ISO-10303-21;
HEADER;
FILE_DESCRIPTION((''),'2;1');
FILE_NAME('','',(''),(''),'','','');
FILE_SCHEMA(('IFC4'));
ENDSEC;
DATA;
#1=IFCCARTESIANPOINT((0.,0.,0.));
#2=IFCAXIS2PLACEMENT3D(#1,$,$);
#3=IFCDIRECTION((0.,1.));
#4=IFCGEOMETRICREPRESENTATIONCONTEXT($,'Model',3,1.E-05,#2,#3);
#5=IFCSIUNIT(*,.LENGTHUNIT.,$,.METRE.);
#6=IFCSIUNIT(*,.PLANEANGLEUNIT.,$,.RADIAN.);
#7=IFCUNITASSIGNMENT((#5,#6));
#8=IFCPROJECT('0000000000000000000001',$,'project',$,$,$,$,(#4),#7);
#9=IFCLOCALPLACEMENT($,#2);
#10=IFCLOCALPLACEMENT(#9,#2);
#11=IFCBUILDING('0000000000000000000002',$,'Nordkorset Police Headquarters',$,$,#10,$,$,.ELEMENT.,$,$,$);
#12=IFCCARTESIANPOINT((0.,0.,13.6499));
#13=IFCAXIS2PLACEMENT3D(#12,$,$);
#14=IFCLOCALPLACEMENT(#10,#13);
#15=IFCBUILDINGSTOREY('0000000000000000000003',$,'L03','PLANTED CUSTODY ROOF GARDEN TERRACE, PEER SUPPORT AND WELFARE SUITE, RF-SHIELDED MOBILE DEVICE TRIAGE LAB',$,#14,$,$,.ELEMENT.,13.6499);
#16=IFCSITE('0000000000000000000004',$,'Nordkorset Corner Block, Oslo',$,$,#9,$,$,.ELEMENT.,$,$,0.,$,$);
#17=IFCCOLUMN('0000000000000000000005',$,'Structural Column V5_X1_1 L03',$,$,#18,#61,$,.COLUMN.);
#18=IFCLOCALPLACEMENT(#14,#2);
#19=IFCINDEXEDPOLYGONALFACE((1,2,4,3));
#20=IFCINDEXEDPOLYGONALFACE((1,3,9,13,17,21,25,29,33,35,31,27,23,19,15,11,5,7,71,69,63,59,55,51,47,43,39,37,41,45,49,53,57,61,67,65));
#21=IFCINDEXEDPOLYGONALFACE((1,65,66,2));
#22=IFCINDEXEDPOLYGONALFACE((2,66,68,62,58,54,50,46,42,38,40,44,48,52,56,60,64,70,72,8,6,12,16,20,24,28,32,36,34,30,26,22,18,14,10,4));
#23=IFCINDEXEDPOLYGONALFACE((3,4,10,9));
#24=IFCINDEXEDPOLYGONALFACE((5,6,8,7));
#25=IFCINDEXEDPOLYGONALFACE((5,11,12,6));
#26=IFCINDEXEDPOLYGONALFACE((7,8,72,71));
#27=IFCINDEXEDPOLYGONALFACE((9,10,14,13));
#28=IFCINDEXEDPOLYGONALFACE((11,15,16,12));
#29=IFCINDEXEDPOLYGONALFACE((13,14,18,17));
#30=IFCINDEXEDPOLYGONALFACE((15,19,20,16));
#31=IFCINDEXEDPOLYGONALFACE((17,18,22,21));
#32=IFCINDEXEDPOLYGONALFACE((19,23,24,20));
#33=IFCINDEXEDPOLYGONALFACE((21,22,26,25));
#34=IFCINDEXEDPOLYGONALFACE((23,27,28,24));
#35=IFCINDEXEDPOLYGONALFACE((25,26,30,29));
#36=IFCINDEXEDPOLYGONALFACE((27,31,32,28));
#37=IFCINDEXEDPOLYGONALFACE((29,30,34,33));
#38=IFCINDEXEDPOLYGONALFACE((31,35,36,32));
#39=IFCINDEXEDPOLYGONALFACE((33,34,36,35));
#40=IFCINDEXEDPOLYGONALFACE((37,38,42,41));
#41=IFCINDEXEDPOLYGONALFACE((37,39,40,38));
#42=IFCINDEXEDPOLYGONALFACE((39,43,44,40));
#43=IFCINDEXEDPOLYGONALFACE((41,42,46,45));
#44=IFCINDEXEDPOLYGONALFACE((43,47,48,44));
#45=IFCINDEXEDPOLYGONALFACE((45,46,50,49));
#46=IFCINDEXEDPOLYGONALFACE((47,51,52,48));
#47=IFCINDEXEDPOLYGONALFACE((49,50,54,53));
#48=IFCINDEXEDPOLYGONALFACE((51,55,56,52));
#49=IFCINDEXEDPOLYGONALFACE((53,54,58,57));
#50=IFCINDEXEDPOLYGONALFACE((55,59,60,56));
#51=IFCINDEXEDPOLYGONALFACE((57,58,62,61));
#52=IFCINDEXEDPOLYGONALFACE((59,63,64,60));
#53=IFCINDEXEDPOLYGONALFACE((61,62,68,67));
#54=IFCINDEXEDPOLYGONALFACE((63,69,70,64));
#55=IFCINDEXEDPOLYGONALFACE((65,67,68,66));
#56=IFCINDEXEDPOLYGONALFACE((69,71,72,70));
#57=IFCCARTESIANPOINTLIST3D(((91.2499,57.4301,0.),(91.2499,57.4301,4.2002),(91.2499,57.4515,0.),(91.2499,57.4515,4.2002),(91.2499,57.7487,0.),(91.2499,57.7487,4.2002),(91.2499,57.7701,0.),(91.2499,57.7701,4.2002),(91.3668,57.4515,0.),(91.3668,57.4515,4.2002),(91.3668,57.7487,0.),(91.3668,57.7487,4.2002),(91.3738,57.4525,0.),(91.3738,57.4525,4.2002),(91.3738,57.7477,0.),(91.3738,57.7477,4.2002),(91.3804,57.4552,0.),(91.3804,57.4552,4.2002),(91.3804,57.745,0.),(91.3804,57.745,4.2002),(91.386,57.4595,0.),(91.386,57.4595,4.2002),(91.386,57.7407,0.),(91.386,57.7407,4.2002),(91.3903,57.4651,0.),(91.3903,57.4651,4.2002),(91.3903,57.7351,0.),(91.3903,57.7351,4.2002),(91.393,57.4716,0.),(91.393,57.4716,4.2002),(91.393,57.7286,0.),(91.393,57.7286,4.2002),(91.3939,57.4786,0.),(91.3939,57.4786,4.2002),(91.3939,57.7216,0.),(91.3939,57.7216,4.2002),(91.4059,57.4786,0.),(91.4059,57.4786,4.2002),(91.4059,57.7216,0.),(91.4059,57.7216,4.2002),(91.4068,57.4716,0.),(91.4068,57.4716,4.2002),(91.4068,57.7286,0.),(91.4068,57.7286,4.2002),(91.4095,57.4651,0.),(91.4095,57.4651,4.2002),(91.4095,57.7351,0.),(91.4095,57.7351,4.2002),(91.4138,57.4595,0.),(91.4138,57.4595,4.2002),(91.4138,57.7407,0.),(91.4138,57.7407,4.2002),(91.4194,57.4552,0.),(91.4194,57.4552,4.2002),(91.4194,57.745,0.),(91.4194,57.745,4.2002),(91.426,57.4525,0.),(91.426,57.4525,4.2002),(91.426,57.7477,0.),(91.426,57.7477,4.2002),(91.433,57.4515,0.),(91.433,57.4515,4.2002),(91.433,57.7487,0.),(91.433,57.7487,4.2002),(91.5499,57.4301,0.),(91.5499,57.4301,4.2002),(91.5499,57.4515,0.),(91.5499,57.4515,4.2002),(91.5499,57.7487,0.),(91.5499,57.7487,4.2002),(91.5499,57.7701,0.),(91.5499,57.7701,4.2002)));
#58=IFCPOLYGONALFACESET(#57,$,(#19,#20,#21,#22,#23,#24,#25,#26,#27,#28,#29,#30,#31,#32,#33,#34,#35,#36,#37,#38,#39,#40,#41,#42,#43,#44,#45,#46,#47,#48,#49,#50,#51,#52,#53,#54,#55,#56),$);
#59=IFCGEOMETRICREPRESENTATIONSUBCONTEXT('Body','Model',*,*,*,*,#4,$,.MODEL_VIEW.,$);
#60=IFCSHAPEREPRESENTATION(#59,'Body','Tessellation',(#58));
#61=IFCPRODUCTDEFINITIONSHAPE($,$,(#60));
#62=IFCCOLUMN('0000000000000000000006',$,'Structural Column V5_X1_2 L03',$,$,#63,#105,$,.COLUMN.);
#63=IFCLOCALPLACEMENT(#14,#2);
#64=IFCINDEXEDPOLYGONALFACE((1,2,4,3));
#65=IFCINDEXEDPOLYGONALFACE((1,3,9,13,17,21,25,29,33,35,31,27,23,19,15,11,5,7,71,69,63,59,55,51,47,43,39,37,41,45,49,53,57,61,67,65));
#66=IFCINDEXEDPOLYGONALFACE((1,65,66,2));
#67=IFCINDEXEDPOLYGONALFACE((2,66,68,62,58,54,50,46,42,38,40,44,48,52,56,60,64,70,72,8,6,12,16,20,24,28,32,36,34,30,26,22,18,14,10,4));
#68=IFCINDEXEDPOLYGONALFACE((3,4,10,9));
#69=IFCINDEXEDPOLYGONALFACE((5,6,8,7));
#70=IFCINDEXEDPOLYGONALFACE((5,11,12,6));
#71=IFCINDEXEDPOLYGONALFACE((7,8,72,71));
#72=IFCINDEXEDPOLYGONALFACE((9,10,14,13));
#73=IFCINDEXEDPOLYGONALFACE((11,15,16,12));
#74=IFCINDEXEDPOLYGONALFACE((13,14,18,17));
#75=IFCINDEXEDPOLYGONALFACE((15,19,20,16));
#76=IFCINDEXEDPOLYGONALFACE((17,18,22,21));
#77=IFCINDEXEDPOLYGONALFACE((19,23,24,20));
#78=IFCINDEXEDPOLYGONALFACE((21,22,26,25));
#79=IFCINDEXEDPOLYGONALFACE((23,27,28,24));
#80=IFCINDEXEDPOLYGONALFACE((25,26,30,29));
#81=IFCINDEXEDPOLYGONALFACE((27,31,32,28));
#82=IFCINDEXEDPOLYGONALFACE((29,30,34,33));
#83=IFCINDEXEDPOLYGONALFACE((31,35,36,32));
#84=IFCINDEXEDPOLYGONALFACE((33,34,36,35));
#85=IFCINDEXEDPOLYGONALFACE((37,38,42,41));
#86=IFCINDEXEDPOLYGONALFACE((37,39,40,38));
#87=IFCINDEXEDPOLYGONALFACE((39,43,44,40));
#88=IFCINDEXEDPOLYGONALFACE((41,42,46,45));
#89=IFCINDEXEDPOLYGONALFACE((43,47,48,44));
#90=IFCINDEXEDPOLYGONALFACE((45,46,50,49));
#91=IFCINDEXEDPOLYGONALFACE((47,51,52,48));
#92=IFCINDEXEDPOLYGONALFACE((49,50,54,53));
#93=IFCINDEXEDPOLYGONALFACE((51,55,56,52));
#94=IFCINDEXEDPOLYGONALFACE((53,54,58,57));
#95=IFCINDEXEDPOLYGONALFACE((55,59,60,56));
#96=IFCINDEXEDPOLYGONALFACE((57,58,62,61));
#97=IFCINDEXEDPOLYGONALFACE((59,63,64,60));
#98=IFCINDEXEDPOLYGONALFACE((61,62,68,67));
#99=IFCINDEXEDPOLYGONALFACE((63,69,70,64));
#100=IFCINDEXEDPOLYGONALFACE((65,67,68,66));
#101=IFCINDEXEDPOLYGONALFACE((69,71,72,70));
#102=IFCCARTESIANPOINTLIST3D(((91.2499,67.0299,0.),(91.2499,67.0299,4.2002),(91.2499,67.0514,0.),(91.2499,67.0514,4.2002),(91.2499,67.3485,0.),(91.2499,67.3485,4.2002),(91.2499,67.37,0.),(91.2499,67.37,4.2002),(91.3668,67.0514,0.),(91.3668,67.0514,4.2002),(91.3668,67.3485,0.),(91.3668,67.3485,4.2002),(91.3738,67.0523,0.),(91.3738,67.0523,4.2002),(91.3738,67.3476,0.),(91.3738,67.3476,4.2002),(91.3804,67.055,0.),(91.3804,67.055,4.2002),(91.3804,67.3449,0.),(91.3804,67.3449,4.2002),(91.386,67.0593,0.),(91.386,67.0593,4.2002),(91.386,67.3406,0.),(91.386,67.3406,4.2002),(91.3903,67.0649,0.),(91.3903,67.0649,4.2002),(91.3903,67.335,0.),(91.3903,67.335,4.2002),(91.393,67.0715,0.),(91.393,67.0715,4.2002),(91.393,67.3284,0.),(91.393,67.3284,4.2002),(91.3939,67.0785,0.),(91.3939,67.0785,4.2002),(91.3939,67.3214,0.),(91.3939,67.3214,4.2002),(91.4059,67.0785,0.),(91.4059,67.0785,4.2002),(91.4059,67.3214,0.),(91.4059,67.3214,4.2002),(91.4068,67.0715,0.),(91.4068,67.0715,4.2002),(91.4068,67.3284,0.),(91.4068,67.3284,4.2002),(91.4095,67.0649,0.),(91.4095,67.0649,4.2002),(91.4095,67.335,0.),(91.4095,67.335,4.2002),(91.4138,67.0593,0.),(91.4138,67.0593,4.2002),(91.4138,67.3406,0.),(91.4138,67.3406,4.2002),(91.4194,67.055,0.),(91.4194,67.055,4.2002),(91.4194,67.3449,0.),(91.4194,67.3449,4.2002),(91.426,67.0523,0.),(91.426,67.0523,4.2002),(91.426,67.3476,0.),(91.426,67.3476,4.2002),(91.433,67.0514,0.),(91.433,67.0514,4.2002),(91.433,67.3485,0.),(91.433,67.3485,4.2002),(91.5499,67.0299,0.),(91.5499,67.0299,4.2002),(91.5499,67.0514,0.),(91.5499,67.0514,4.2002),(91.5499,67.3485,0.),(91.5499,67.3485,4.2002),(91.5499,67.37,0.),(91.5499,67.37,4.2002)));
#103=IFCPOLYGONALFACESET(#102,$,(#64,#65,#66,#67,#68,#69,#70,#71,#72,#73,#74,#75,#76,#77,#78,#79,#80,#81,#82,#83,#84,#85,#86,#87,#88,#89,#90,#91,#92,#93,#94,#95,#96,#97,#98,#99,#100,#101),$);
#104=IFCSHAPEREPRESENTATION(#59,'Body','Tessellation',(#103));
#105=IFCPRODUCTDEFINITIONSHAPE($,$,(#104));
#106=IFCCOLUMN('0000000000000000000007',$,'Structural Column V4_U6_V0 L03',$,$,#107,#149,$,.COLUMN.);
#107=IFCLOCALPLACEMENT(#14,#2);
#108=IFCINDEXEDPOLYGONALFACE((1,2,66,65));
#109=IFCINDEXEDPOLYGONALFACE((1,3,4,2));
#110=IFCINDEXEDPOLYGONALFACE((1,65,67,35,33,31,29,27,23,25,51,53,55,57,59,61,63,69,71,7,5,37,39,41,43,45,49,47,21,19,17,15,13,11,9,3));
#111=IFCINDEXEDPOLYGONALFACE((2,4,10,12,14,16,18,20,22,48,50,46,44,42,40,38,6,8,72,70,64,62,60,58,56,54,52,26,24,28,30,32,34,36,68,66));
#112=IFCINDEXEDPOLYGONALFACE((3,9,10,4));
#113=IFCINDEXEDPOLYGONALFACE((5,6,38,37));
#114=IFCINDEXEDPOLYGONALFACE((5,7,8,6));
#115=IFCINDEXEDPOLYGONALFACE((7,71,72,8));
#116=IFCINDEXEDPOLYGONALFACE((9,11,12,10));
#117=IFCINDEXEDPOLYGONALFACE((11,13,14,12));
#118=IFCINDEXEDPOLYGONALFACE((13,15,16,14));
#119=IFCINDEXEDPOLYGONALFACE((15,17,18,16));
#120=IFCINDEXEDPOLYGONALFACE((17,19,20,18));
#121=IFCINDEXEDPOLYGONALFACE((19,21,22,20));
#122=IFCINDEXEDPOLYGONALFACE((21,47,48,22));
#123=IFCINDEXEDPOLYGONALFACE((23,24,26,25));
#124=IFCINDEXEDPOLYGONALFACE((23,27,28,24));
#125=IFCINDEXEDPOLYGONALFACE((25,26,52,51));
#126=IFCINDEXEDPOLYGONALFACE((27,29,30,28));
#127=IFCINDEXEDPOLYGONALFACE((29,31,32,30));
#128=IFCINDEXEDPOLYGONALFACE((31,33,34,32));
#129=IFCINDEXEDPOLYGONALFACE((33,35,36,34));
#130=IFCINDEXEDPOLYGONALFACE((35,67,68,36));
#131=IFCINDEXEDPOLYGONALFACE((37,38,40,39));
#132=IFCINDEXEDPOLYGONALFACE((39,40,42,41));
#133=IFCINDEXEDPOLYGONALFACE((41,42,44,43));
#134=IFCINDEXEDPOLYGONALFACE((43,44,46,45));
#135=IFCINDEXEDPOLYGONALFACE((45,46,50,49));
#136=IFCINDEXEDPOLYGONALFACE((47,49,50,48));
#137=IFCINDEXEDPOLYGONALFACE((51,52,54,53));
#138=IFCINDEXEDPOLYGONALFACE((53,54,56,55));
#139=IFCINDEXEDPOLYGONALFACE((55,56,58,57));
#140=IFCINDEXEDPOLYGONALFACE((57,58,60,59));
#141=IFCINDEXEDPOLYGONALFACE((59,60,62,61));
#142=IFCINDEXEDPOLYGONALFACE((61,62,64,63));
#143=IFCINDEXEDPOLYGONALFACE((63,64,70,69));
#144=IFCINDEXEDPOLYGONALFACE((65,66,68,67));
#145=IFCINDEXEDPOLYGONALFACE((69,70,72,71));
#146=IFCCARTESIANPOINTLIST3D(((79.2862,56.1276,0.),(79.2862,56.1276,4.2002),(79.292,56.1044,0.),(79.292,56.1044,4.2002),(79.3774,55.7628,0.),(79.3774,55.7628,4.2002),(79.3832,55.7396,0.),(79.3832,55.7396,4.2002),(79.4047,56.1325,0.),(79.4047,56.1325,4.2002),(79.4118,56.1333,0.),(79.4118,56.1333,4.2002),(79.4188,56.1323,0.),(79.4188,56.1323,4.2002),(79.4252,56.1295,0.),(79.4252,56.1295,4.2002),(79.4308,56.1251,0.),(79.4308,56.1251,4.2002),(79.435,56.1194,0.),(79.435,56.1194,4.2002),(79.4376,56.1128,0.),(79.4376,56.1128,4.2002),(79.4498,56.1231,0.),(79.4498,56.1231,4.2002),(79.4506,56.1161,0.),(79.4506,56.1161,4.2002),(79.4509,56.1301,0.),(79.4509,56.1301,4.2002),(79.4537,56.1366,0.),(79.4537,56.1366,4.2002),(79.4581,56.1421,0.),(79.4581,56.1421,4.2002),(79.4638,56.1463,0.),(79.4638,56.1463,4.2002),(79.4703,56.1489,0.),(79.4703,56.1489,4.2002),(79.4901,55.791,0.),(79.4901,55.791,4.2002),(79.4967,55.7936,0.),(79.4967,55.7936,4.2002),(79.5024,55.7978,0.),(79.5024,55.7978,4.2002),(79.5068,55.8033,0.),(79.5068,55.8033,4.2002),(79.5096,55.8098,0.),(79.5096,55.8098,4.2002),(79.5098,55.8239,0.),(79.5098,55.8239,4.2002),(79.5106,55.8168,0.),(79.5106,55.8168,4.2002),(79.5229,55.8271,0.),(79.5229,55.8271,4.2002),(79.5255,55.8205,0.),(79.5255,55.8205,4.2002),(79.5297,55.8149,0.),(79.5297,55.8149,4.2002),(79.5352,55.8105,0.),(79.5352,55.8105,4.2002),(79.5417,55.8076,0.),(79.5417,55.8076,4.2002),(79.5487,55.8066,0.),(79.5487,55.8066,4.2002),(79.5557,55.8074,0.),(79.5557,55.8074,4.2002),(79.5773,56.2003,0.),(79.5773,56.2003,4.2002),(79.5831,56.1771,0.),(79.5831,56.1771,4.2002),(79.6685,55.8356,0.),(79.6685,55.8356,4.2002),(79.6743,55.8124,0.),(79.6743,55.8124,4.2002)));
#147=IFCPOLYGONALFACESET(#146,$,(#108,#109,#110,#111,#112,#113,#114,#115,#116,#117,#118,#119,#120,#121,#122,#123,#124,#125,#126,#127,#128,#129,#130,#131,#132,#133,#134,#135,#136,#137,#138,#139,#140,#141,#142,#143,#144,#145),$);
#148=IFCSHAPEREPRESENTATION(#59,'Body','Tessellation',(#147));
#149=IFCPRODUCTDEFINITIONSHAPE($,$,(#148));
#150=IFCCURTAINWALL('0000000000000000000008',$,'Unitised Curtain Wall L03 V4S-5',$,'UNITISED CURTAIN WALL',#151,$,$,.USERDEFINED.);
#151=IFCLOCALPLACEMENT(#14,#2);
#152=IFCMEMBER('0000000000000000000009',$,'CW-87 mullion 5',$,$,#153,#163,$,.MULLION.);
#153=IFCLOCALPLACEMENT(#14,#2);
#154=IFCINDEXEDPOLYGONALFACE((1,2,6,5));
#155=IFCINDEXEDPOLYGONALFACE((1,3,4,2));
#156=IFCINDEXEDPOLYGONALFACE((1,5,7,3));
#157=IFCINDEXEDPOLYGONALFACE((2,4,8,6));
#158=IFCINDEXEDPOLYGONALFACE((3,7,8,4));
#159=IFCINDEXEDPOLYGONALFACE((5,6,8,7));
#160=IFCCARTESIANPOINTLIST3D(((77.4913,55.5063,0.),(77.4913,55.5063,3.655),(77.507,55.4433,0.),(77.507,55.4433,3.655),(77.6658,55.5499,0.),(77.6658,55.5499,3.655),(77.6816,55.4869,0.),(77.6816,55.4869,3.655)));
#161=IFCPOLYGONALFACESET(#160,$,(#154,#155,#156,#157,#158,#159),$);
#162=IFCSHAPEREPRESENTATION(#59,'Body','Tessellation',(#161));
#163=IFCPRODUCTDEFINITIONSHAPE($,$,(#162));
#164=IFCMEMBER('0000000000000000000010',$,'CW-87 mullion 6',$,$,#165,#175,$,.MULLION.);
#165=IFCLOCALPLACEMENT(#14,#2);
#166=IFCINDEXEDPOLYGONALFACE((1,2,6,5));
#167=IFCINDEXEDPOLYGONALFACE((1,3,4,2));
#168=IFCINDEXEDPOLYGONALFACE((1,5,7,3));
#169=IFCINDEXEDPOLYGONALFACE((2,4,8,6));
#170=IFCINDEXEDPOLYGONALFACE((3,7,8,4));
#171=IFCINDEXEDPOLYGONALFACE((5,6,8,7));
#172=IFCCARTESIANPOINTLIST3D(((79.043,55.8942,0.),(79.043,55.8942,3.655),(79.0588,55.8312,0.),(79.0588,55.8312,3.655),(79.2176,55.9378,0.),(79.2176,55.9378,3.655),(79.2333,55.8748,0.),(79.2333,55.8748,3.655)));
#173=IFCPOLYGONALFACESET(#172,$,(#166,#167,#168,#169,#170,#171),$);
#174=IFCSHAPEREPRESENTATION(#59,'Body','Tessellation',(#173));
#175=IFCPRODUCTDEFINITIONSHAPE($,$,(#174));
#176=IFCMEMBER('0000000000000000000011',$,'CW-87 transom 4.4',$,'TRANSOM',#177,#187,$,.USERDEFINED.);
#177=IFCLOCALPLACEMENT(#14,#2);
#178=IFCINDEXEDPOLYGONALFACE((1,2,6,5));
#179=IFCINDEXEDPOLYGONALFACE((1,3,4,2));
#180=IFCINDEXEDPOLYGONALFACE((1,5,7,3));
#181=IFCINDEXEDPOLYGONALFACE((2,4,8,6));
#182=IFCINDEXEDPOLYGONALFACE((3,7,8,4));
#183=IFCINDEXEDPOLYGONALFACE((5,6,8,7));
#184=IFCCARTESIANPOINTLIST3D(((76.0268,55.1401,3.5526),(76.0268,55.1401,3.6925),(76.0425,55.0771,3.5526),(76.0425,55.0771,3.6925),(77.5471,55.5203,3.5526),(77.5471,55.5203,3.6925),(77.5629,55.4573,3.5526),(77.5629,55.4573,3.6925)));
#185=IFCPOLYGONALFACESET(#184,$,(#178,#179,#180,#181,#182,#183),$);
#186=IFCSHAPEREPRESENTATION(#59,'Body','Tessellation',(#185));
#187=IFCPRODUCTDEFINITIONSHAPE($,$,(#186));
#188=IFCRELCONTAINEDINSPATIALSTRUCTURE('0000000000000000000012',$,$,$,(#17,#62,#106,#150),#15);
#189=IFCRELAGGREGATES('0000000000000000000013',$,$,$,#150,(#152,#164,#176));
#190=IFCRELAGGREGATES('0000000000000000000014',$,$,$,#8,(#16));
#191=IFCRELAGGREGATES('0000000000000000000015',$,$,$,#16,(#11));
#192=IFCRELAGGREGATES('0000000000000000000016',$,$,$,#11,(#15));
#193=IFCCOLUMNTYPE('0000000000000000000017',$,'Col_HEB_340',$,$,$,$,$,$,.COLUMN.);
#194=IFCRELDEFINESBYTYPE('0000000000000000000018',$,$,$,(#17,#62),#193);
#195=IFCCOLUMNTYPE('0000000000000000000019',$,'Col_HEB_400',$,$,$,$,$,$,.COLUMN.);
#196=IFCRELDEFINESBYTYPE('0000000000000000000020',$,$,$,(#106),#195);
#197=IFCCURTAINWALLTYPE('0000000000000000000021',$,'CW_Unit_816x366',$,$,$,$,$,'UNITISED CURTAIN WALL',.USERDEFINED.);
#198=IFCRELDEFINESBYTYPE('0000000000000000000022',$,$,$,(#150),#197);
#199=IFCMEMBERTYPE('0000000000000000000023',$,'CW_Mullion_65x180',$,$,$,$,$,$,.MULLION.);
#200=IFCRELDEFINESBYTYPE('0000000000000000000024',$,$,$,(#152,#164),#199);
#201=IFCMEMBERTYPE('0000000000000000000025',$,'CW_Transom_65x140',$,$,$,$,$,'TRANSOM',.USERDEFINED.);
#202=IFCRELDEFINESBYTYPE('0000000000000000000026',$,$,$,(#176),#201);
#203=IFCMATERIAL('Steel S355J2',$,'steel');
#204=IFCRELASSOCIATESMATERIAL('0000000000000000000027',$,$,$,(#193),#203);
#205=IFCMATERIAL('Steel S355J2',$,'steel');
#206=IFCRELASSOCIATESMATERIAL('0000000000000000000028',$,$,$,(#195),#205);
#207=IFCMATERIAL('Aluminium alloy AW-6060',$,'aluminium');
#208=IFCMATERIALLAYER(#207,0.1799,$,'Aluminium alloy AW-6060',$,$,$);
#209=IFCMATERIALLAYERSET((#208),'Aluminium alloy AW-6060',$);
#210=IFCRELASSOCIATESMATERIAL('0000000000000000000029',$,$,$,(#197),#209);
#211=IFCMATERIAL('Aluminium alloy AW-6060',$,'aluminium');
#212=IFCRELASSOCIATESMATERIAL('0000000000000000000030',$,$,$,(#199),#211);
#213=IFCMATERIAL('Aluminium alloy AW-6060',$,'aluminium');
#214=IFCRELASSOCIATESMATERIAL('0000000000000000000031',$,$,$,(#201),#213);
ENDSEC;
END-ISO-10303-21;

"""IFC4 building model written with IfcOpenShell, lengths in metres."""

from ifc_helpers import new_model, si_unit, direction, frame, origin, origin_2d, place, context, subcontext, project, spatial, rectangle, i_section, extrude, material, layer, layer_set, material_profile, profile_set, type_object, element, aggregate, save


model = new_model("IFC4")

# Units and contexts
model_context = context("Model", 3, precision=1e-05, world=origin(), true_north=direction((0.0, 1.0)))
body_context = subcontext(model_context, "Body", "Model", "MODEL_VIEW")
ifc_project = project(units=[si_unit("LENGTHUNIT", "METRE"), si_unit("PLANEANGLEUNIT", "RADIAN")], contexts=[model_context])

# Site, building, storey
site_placement = place(None, origin())
site = spatial("IfcSite", under=ifc_project, at=site_placement, Name="Nordkorset Corner Block, Oslo", CompositionType="ELEMENT", RefElevation=0.0)
building_placement = place(site_placement, origin())
building = spatial("IfcBuilding", under=site, at=building_placement, Name="Nordkorset Police Headquarters", CompositionType="ELEMENT")
storey_placement = place(building_placement, frame((0.0, 0.0, 13.6499)))
storey = spatial("IfcBuildingStorey", under=building, at=storey_placement, Name="L03", Description="PLANTED CUSTODY ROOF GARDEN TERRACE, PEER SUPPORT AND WELFARE SUITE, RF-SHIELDED MOBILE DEVICE TRIAGE LAB", CompositionType="ELEMENT", Elevation=13.6499)

# Columns
ifc_material_1 = material(Name="Steel S355J2", Category="steel")
ifc_material_profile_1 = material_profile(ifc_material_1, i_section(OverallWidth=0.3, OverallDepth=0.3401, WebThickness=0.012, FlangeThickness=0.0215, FilletRadius=0.0271, at=origin_2d()), Name="HEB 340")
ifc_profile_set_1 = profile_set([ifc_material_profile_1], Name="Steel S355J2")
column_type_1 = type_object("IfcColumnType", Name="Col_HEB_340", PredefinedType="COLUMN", material=ifc_profile_set_1)
for number, where, z_axis, x_axis, name in (
    (1, (91.3999, 57.6001, 0.0), (0.0, 0.0, 1.0), (1.0, 0.0, 0.0), "Structural Column V5_X1_1 L03"),
    (2, (91.3999, 67.2, 0.0), (0.0, 0.0, 1.0), (1.0, 0.0, 0.0), "Structural Column V5_X1_2 L03"),
):
    element("IfcColumn", number, at=place(storey_placement, frame(where, z_axis=z_axis, x_axis=x_axis)), inside=storey, type_object=column_type_1, Name=name, PredefinedType="COLUMN", context=body_context, shape_type="SweptSolid", body=[
        extrude(i_section(OverallWidth=0.3, OverallDepth=0.3401, WebThickness=0.012, FlangeThickness=0.0215, FilletRadius=0.0271, at=origin_2d()), origin(), (0.0, 0.0, 1.0), 4.2002),
    ])
ifc_material_2 = material(Name="Steel S355J2", Category="steel")
ifc_material_profile_2 = material_profile(ifc_material_2, i_section(OverallWidth=0.3, OverallDepth=0.3999, WebThickness=0.0134, FlangeThickness=0.0239, FilletRadius=0.0271, at=origin_2d()), Name="HEB 400")
ifc_profile_set_2 = profile_set([ifc_material_profile_2], Name="Steel S355J2")
column_type_2 = type_object("IfcColumnType", Name="Col_HEB_400", PredefinedType="COLUMN", material=ifc_profile_set_2)
column_placement = place(storey_placement, frame((79.4802, 55.97, 0.0), z_axis=(0.0, 0.0, 1.0), x_axis=(0.970143, 0.242536, 0.0)))
element("IfcColumn", 3, at=column_placement, inside=storey, type_object=column_type_2, Name="Structural Column V4_U6_V0 L03", PredefinedType="COLUMN", context=body_context, shape_type="SweptSolid", body=[
    extrude(i_section(OverallWidth=0.3, OverallDepth=0.3999, WebThickness=0.0134, FlangeThickness=0.0239, FilletRadius=0.0271, at=origin_2d()), origin(), (0.0, 0.0, 1.0), 4.2002),
])

# Curtain wall, members
ifc_material_3 = material(Name="Aluminium alloy AW-6060", Category="aluminium")
ifc_layer_1 = layer(ifc_material_3, 0.1799, Name="Aluminium alloy AW-6060")
ifc_layer_set_1 = layer_set([ifc_layer_1], Name="Aluminium alloy AW-6060")
curtain_wall_type = type_object("IfcCurtainWallType", Name="CW_Unit_816x366", ElementType="UNITISED CURTAIN WALL", PredefinedType="USERDEFINED", material=ifc_layer_set_1)
curtain_wall_placement = place(storey_placement, origin())
curtain_wall = element("IfcCurtainWall", 4, at=curtain_wall_placement, inside=storey, type_object=curtain_wall_type, Name="Unitised Curtain Wall L03 V4S-5", ObjectType="UNITISED CURTAIN WALL", PredefinedType="USERDEFINED")
ifc_material_4 = material(Name="Aluminium alloy AW-6060", Category="aluminium")
ifc_material_profile_3 = material_profile(ifc_material_4, rectangle(XDim=0.0649, YDim=0.1799, at=origin_2d()), Name="ALU MULL 65x180")
ifc_profile_set_3 = profile_set([ifc_material_profile_3], Name="Aluminium alloy AW-6060")
member_type_1 = type_object("IfcMemberType", Name="CW_Mullion_65x180", PredefinedType="MULLION", material=ifc_profile_set_3)
member_1_placement = place(storey_placement, frame((77.5864, 55.4966, 0.0), z_axis=(0.0, 0.0, 1.0), x_axis=(-0.242536, 0.970143, 0.0)))
member_1 = element("IfcMember", 5, at=member_1_placement, type_object=member_type_1, Name="CW-87 mullion 5", PredefinedType="MULLION", context=body_context, shape_type="SweptSolid", body=[
    extrude(rectangle(XDim=0.0649, YDim=0.1799, at=origin_2d()), origin(), (0.0, 0.0, 1.0), 3.655),
])
member_2_placement = place(storey_placement, frame((79.1382, 55.8845, 0.0), z_axis=(0.0, 0.0, 1.0), x_axis=(-0.242536, 0.970143, 0.0)))
member_2 = element("IfcMember", 6, at=member_2_placement, type_object=member_type_1, Name="CW-87 mullion 6", PredefinedType="MULLION", context=body_context, shape_type="SweptSolid", body=[
    extrude(rectangle(XDim=0.0649, YDim=0.1799, at=origin_2d()), origin(), (0.0, 0.0, 1.0), 3.655),
])
ifc_material_5 = material(Name="Aluminium alloy AW-6060", Category="aluminium")
ifc_material_profile_4 = material_profile(ifc_material_5, rectangle(XDim=0.0649, YDim=0.1399, at=origin_2d()), Name="ALU TRAN 65x140")
ifc_profile_set_4 = profile_set([ifc_material_profile_4], Name="Aluminium alloy AW-6060")
member_type_2 = type_object("IfcMemberType", Name="CW_Transom_65x140", ElementType="TRANSOM", PredefinedType="USERDEFINED", material=ifc_profile_set_4)
member_3_placement = place(storey_placement, frame((76.0347, 55.1086, 3.6226), z_axis=(0.970133, 0.242572, 0.0), x_axis=(-0.242572, 0.970133, 0.0)))
member_3 = element("IfcMember", 7, at=member_3_placement, type_object=member_type_2, Name="CW-87 transom 4.4", ObjectType="TRANSOM", PredefinedType="USERDEFINED", context=body_context, shape_type="SweptSolid", body=[
    extrude(rectangle(XDim=0.0649, YDim=0.1399, at=origin_2d()), origin(), (0.0, 0.0, 1.0), 1.5671),
])

aggregate(curtain_wall, [member_1, member_2, member_3])

save(model, "model.ifc")
